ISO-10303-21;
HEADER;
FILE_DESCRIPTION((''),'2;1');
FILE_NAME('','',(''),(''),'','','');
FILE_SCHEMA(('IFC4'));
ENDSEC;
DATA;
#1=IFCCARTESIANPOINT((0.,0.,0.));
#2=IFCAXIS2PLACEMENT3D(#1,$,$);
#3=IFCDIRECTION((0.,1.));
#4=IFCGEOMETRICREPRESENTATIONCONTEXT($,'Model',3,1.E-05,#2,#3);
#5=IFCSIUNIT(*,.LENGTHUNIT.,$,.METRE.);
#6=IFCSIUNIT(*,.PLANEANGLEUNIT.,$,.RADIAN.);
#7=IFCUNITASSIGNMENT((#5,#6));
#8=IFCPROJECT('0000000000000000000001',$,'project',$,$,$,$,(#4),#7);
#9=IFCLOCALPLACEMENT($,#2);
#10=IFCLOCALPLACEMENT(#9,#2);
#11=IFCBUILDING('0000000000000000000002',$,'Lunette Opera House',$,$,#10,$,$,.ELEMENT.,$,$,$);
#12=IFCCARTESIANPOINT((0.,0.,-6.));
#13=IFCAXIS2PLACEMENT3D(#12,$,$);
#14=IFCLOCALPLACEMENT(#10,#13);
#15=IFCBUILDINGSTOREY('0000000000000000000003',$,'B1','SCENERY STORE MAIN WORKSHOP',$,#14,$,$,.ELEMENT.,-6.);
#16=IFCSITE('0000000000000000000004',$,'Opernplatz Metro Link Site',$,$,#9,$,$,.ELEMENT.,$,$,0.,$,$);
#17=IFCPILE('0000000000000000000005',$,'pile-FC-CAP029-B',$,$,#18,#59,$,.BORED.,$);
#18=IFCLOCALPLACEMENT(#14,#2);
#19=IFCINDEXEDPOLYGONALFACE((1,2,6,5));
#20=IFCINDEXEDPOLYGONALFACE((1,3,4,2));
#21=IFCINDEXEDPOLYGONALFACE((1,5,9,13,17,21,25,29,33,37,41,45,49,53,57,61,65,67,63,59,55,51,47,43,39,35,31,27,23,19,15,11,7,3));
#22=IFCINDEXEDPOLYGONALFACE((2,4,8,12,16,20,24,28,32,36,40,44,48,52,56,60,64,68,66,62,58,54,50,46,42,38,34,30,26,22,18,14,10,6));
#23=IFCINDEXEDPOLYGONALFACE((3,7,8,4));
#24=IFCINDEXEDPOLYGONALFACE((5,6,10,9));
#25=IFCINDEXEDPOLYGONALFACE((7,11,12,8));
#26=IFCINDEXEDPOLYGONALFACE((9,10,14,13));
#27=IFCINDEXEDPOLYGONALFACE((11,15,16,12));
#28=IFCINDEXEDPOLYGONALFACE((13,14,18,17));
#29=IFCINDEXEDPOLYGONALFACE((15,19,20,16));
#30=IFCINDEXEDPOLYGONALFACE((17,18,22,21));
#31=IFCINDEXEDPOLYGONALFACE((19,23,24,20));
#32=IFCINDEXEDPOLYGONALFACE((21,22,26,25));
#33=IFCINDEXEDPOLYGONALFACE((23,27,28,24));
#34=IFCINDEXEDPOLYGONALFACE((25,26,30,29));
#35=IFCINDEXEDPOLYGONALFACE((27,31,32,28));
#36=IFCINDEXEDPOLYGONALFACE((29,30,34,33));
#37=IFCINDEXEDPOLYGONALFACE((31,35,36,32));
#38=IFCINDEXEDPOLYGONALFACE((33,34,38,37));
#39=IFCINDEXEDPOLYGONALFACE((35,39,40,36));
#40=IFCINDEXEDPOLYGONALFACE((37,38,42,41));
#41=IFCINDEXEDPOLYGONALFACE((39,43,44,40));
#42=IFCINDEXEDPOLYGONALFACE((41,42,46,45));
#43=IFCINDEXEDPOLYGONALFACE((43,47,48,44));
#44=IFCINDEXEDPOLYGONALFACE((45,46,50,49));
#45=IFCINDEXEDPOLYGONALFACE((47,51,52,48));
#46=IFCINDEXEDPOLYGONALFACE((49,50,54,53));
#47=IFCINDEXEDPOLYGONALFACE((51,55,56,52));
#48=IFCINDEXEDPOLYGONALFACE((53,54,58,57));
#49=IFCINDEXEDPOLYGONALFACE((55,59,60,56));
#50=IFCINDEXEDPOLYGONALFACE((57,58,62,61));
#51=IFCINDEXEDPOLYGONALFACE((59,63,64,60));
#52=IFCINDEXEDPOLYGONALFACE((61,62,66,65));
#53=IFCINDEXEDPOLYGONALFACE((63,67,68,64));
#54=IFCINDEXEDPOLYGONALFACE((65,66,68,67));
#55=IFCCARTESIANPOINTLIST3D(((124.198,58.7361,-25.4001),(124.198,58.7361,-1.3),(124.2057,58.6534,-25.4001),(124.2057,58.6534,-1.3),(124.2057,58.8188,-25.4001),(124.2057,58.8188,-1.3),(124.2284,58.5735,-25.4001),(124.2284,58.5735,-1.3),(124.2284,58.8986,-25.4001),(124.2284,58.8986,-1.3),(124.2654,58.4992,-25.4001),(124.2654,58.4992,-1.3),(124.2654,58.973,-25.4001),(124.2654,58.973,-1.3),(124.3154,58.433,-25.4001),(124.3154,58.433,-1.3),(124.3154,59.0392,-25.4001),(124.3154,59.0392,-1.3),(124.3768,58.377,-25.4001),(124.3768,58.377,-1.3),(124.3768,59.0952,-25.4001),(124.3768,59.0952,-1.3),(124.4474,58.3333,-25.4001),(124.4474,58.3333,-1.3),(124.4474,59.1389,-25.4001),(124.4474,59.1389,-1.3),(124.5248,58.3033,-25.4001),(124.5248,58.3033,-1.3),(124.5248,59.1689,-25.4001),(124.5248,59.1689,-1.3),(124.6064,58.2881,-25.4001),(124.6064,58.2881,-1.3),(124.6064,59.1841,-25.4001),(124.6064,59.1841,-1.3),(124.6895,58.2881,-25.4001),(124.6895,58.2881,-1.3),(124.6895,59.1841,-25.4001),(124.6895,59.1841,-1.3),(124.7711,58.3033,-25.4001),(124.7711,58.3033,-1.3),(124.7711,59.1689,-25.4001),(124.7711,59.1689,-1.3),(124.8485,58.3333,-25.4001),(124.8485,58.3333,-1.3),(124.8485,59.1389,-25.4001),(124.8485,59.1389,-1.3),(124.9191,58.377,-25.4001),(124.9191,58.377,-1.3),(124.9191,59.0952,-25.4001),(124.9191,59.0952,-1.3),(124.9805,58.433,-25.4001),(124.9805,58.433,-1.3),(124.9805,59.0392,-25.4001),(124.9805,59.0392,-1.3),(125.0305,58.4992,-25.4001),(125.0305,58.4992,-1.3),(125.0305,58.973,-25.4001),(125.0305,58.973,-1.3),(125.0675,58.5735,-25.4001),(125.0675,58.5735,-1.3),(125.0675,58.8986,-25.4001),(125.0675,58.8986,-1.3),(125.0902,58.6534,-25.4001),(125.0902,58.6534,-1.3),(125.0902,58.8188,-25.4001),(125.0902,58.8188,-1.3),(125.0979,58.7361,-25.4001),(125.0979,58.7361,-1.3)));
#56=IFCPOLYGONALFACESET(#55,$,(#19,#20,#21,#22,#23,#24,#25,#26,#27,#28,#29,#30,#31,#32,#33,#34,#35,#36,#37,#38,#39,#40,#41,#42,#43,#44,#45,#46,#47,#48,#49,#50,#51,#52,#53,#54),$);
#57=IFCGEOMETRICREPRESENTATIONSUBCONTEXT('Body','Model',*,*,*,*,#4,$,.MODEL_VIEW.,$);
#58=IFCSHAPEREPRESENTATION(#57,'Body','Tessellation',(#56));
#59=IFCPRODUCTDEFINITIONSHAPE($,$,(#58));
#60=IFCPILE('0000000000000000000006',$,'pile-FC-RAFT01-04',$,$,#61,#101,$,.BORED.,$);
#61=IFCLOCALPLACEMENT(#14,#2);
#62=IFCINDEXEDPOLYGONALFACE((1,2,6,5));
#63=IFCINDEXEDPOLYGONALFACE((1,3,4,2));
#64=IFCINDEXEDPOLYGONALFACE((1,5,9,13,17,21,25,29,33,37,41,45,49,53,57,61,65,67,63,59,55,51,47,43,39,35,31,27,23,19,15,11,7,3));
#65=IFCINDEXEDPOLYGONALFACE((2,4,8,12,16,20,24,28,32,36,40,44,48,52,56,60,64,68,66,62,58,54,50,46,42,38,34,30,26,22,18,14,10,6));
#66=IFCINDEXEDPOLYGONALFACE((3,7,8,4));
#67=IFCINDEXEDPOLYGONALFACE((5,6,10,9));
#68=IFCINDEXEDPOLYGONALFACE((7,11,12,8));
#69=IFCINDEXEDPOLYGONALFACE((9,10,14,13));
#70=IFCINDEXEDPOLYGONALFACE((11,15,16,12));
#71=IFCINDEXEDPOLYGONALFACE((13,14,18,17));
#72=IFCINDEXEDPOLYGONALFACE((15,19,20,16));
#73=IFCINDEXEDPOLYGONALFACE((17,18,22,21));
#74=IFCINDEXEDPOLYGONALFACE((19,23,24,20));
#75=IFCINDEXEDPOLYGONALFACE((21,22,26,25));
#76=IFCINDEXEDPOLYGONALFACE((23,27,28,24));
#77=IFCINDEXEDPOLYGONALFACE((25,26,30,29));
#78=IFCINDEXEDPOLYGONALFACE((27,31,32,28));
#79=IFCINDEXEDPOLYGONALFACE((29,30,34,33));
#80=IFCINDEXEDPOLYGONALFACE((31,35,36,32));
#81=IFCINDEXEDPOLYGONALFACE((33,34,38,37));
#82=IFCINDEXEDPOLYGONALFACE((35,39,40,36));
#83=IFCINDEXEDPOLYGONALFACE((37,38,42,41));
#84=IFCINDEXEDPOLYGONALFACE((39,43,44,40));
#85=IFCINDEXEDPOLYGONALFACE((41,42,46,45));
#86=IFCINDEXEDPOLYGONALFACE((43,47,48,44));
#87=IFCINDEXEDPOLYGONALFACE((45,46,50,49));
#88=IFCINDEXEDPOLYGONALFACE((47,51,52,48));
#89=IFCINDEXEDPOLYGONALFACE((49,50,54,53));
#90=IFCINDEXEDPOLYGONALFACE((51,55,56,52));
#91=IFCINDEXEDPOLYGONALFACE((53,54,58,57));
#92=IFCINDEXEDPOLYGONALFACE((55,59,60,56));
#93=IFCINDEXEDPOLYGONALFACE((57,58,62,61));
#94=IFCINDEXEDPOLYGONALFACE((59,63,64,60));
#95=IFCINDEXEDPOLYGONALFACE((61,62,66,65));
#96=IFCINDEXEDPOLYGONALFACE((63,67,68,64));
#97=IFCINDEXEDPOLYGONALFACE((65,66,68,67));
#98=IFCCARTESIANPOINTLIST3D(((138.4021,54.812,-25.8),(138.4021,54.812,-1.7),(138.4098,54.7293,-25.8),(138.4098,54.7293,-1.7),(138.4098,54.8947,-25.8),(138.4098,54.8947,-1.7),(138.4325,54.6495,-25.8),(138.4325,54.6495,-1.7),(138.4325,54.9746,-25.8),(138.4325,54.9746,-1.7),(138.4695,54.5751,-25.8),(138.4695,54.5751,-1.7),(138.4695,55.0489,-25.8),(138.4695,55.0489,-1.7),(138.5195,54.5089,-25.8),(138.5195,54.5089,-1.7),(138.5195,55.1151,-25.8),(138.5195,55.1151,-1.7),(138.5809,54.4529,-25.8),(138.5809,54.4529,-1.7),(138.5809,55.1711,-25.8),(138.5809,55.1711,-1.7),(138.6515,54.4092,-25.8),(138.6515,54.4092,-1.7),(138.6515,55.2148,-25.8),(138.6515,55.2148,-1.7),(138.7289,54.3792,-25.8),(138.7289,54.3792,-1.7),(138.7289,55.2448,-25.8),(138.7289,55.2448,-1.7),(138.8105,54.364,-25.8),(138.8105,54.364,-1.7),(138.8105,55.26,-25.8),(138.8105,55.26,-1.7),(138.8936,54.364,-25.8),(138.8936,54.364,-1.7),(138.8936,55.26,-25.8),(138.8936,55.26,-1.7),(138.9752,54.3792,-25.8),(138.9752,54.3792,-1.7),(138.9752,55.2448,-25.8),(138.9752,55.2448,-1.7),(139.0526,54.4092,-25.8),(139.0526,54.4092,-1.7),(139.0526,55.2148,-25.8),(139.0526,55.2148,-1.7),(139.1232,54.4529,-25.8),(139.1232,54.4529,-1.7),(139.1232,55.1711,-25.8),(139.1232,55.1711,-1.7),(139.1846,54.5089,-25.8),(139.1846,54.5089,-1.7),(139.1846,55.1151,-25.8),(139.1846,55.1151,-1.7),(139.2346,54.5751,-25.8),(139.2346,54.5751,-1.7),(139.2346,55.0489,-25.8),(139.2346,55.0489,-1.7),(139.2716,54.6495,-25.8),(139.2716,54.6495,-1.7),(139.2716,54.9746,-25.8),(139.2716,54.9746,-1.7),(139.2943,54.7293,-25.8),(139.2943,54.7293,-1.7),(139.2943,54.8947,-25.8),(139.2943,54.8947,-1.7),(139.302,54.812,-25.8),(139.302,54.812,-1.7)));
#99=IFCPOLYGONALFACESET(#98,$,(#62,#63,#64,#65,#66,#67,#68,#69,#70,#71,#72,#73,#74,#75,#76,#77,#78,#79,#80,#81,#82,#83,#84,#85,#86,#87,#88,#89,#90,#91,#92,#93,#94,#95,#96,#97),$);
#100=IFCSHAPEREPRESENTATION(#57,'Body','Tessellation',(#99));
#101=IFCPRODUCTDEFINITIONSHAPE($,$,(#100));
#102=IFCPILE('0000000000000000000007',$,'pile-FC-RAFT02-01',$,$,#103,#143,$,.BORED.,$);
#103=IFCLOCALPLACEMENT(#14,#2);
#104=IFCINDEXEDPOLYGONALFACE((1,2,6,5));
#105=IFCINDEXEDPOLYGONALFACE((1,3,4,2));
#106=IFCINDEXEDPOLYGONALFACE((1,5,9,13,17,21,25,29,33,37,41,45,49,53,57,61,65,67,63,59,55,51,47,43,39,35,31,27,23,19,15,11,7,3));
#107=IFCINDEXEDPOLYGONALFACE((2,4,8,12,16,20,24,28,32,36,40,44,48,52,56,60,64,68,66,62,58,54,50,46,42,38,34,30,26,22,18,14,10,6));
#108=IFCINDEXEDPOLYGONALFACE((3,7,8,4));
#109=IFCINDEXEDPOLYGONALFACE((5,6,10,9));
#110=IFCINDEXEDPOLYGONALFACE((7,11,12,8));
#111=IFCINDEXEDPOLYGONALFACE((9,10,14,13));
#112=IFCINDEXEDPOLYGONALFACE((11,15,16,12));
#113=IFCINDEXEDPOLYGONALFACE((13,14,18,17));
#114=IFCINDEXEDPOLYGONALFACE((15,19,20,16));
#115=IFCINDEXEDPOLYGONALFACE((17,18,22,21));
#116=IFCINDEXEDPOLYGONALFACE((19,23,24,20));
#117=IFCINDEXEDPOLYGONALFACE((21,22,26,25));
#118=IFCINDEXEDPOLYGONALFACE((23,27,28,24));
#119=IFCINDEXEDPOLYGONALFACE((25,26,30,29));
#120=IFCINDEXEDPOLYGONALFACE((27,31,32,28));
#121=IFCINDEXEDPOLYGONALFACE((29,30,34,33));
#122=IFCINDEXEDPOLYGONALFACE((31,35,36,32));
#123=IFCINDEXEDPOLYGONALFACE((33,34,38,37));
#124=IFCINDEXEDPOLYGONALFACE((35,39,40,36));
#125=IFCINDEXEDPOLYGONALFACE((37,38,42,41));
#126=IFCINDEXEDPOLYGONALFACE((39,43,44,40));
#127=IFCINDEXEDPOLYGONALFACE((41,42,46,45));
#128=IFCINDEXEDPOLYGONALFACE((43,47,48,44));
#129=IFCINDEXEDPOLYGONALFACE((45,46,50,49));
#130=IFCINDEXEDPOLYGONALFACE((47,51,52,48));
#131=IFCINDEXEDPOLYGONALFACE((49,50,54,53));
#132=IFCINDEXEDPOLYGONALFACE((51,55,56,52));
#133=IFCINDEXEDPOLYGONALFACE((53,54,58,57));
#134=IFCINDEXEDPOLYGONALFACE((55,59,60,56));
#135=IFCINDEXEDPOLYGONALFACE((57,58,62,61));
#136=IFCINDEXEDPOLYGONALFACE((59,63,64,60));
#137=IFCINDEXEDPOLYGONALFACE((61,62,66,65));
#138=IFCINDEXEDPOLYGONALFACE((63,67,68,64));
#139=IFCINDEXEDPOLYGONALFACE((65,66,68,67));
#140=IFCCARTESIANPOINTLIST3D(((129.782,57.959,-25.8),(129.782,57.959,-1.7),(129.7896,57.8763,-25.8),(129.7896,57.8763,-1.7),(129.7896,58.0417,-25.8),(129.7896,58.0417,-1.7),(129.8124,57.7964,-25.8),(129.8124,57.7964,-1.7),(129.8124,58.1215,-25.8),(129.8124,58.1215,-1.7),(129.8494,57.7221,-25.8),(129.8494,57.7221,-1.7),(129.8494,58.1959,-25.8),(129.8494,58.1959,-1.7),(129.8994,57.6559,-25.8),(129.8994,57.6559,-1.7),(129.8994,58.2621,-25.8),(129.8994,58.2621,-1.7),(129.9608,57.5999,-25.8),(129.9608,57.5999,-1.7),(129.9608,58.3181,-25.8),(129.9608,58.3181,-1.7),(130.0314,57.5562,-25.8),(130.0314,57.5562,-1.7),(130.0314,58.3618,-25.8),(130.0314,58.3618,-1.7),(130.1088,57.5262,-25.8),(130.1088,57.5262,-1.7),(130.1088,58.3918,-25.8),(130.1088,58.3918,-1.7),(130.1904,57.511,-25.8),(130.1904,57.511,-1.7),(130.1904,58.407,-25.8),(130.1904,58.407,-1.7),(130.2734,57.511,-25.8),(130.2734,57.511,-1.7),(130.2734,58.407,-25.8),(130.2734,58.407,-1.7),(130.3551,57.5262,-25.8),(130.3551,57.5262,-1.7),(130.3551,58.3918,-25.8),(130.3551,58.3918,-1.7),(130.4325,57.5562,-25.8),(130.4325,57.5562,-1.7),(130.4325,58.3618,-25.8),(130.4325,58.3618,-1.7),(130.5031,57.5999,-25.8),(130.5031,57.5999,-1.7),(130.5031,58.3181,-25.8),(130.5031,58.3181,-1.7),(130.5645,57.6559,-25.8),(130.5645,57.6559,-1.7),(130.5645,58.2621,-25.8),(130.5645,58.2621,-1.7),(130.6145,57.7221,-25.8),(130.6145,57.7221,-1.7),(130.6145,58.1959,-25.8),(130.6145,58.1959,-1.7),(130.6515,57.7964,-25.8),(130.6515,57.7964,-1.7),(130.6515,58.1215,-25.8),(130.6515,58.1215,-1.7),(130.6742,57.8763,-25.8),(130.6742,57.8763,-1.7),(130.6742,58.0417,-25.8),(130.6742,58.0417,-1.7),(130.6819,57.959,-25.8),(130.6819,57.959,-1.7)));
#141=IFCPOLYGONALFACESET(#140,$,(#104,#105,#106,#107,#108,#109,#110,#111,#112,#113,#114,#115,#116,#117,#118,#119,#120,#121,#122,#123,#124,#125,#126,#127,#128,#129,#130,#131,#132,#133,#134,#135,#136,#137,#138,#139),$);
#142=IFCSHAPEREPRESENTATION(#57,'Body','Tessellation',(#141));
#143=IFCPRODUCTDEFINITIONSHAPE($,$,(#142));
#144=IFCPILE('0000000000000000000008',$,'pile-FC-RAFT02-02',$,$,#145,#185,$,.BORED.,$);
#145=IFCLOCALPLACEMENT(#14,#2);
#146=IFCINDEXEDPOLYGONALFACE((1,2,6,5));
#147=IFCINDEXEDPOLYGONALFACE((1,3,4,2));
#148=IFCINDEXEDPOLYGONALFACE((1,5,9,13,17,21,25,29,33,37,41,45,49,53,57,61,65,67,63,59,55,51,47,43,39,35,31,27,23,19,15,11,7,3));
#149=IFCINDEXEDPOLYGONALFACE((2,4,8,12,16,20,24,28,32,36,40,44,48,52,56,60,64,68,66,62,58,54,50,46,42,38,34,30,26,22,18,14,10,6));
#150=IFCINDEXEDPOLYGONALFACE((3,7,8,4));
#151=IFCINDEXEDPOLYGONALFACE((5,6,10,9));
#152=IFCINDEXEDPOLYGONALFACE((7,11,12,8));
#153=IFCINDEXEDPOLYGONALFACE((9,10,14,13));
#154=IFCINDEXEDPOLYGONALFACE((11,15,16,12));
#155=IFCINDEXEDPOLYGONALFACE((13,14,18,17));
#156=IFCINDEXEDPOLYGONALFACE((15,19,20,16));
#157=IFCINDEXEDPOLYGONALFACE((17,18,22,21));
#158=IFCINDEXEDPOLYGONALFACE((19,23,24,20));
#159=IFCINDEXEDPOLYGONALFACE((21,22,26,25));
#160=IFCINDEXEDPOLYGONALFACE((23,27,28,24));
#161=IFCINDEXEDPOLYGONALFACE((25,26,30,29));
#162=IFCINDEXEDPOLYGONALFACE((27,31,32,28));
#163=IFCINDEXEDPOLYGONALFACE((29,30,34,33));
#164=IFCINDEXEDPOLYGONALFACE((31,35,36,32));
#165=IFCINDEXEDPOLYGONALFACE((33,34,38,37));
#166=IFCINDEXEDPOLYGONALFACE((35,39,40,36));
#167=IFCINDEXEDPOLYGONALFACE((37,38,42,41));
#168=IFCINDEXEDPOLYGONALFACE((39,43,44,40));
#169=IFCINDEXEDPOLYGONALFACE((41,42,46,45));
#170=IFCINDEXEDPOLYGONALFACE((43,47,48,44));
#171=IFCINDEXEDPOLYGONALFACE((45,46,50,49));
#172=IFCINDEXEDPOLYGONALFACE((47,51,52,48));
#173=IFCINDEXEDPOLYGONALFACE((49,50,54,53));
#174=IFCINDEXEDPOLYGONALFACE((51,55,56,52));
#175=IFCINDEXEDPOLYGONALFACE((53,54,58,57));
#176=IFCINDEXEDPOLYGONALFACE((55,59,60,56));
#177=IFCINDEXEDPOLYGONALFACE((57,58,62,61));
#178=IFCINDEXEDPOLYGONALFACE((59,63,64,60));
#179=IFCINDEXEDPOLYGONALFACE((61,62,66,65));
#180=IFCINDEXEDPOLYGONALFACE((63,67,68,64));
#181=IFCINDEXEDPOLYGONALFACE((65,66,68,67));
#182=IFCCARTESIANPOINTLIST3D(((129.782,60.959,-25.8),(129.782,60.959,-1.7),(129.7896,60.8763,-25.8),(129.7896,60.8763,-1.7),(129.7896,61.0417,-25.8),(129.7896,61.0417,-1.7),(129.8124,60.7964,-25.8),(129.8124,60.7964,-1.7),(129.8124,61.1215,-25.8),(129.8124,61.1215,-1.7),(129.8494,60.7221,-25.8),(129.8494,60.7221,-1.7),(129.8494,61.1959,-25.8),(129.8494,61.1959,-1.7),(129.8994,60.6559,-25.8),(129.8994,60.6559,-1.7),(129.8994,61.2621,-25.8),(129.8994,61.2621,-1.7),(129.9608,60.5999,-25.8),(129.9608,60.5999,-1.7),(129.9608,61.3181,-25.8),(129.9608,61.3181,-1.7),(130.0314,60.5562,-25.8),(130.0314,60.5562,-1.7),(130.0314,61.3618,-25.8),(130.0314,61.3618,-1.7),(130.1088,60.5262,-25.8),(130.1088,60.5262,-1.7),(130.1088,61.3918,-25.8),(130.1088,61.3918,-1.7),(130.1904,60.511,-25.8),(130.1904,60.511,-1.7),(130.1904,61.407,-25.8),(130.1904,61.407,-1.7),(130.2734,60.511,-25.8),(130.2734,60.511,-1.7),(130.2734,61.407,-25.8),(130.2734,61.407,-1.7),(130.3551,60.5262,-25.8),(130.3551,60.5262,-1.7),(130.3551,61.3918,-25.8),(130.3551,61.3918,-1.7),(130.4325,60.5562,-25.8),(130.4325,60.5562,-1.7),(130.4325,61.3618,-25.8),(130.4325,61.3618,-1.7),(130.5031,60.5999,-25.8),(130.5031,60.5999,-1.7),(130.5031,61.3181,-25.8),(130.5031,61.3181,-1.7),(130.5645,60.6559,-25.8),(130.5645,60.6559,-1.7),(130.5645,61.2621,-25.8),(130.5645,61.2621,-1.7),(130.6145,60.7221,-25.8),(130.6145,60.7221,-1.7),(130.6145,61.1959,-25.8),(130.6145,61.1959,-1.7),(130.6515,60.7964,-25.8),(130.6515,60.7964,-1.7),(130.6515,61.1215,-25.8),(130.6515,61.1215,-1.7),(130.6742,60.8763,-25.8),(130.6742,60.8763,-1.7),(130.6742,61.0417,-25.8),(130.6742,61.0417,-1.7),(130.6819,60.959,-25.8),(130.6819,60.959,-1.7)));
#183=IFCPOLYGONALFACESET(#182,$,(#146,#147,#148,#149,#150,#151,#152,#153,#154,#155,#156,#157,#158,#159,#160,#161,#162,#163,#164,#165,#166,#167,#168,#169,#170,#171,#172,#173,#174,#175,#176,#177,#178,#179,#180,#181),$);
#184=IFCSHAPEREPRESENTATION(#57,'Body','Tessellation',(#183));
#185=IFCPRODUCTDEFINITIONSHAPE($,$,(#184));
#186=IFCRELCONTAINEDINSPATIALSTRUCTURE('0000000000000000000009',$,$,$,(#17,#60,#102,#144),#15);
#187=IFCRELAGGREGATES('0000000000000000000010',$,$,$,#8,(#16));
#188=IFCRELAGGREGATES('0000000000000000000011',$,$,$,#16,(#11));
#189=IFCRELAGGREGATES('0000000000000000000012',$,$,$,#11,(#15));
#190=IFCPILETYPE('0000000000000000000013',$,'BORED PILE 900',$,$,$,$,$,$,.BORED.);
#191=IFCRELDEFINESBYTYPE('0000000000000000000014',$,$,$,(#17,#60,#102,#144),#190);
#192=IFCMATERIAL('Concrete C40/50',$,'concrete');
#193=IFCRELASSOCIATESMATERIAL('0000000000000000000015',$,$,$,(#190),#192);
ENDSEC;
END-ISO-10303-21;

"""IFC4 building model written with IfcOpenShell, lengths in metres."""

from ifc_helpers import new_model, si_unit, direction, frame, origin, origin_2d, place, context, subcontext, project, spatial, circle, extrude, material, material_profile, profile_set, type_object, element, save


model = new_model("IFC4")

# Units and contexts
model_context = context("Model", 3, precision=1e-05, world=origin(), true_north=direction((0.0, 1.0)))
body_context = subcontext(model_context, "Body", "Model", "MODEL_VIEW")
ifc_project = project(units=[si_unit("LENGTHUNIT", "METRE"), si_unit("PLANEANGLEUNIT", "RADIAN")], contexts=[model_context])

# Site, building, storey
site_placement = place(None, origin())
site = spatial("IfcSite", under=ifc_project, at=site_placement, Name="Opernplatz Metro Link Site", CompositionType="ELEMENT", RefElevation=0.0)
building_placement = place(site_placement, origin())
building = spatial("IfcBuilding", under=site, at=building_placement, Name="Lunette Opera House", CompositionType="ELEMENT")
storey_placement = place(building_placement, frame((0.0, 0.0, -6.0)))
storey = spatial("IfcBuildingStorey", under=building, at=storey_placement, Name="B1", Description="SCENERY STORE MAIN WORKSHOP", CompositionType="ELEMENT", Elevation=-6.0)

# Piles
ifc_material_1 = material(Name="Concrete C40/50", Category="concrete")
ifc_material_profile_1 = material_profile(ifc_material_1, circle(Radius=0.45, at=origin_2d()), Name="BORED PILE 900")
ifc_profile_set_1 = profile_set([ifc_material_profile_1], Name="Concrete C40/50")
pile_type = type_object("IfcPileType", Name="BORED PILE 900", PredefinedType="BORED", material=ifc_profile_set_1)
for number, where, z_axis, x_axis, name in (
    (1, (124.6479, 58.7361, -1.3), (0.0, 0.0, -1.0), (1.0, 0.0, 0.0), "pile-FC-CAP029-B"),
    (2, (138.8521, 54.812, -1.7), (0.0, 0.0, -1.0), (1.0, 0.0, 0.0), "pile-FC-RAFT01-04"),
    (3, (130.2319, 57.959, -1.7), (0.0, 0.0, -1.0), (1.0, 0.0, 0.0), "pile-FC-RAFT02-01"),
    (4, (130.2319, 60.959, -1.7), (0.0, 0.0, -1.0), (1.0, 0.0, 0.0), "pile-FC-RAFT02-02"),
):
    element("IfcPile", number, at=place(storey_placement, frame(where, z_axis=z_axis, x_axis=x_axis)), inside=storey, type_object=pile_type, Name=name, PredefinedType="BORED", context=body_context, shape_type="SweptSolid", body=[
        extrude(circle(Radius=0.45, at=origin_2d()), origin(), (0.0, 0.0, 1.0), 24.1001),
    ])

save(model, "model.ifc")
